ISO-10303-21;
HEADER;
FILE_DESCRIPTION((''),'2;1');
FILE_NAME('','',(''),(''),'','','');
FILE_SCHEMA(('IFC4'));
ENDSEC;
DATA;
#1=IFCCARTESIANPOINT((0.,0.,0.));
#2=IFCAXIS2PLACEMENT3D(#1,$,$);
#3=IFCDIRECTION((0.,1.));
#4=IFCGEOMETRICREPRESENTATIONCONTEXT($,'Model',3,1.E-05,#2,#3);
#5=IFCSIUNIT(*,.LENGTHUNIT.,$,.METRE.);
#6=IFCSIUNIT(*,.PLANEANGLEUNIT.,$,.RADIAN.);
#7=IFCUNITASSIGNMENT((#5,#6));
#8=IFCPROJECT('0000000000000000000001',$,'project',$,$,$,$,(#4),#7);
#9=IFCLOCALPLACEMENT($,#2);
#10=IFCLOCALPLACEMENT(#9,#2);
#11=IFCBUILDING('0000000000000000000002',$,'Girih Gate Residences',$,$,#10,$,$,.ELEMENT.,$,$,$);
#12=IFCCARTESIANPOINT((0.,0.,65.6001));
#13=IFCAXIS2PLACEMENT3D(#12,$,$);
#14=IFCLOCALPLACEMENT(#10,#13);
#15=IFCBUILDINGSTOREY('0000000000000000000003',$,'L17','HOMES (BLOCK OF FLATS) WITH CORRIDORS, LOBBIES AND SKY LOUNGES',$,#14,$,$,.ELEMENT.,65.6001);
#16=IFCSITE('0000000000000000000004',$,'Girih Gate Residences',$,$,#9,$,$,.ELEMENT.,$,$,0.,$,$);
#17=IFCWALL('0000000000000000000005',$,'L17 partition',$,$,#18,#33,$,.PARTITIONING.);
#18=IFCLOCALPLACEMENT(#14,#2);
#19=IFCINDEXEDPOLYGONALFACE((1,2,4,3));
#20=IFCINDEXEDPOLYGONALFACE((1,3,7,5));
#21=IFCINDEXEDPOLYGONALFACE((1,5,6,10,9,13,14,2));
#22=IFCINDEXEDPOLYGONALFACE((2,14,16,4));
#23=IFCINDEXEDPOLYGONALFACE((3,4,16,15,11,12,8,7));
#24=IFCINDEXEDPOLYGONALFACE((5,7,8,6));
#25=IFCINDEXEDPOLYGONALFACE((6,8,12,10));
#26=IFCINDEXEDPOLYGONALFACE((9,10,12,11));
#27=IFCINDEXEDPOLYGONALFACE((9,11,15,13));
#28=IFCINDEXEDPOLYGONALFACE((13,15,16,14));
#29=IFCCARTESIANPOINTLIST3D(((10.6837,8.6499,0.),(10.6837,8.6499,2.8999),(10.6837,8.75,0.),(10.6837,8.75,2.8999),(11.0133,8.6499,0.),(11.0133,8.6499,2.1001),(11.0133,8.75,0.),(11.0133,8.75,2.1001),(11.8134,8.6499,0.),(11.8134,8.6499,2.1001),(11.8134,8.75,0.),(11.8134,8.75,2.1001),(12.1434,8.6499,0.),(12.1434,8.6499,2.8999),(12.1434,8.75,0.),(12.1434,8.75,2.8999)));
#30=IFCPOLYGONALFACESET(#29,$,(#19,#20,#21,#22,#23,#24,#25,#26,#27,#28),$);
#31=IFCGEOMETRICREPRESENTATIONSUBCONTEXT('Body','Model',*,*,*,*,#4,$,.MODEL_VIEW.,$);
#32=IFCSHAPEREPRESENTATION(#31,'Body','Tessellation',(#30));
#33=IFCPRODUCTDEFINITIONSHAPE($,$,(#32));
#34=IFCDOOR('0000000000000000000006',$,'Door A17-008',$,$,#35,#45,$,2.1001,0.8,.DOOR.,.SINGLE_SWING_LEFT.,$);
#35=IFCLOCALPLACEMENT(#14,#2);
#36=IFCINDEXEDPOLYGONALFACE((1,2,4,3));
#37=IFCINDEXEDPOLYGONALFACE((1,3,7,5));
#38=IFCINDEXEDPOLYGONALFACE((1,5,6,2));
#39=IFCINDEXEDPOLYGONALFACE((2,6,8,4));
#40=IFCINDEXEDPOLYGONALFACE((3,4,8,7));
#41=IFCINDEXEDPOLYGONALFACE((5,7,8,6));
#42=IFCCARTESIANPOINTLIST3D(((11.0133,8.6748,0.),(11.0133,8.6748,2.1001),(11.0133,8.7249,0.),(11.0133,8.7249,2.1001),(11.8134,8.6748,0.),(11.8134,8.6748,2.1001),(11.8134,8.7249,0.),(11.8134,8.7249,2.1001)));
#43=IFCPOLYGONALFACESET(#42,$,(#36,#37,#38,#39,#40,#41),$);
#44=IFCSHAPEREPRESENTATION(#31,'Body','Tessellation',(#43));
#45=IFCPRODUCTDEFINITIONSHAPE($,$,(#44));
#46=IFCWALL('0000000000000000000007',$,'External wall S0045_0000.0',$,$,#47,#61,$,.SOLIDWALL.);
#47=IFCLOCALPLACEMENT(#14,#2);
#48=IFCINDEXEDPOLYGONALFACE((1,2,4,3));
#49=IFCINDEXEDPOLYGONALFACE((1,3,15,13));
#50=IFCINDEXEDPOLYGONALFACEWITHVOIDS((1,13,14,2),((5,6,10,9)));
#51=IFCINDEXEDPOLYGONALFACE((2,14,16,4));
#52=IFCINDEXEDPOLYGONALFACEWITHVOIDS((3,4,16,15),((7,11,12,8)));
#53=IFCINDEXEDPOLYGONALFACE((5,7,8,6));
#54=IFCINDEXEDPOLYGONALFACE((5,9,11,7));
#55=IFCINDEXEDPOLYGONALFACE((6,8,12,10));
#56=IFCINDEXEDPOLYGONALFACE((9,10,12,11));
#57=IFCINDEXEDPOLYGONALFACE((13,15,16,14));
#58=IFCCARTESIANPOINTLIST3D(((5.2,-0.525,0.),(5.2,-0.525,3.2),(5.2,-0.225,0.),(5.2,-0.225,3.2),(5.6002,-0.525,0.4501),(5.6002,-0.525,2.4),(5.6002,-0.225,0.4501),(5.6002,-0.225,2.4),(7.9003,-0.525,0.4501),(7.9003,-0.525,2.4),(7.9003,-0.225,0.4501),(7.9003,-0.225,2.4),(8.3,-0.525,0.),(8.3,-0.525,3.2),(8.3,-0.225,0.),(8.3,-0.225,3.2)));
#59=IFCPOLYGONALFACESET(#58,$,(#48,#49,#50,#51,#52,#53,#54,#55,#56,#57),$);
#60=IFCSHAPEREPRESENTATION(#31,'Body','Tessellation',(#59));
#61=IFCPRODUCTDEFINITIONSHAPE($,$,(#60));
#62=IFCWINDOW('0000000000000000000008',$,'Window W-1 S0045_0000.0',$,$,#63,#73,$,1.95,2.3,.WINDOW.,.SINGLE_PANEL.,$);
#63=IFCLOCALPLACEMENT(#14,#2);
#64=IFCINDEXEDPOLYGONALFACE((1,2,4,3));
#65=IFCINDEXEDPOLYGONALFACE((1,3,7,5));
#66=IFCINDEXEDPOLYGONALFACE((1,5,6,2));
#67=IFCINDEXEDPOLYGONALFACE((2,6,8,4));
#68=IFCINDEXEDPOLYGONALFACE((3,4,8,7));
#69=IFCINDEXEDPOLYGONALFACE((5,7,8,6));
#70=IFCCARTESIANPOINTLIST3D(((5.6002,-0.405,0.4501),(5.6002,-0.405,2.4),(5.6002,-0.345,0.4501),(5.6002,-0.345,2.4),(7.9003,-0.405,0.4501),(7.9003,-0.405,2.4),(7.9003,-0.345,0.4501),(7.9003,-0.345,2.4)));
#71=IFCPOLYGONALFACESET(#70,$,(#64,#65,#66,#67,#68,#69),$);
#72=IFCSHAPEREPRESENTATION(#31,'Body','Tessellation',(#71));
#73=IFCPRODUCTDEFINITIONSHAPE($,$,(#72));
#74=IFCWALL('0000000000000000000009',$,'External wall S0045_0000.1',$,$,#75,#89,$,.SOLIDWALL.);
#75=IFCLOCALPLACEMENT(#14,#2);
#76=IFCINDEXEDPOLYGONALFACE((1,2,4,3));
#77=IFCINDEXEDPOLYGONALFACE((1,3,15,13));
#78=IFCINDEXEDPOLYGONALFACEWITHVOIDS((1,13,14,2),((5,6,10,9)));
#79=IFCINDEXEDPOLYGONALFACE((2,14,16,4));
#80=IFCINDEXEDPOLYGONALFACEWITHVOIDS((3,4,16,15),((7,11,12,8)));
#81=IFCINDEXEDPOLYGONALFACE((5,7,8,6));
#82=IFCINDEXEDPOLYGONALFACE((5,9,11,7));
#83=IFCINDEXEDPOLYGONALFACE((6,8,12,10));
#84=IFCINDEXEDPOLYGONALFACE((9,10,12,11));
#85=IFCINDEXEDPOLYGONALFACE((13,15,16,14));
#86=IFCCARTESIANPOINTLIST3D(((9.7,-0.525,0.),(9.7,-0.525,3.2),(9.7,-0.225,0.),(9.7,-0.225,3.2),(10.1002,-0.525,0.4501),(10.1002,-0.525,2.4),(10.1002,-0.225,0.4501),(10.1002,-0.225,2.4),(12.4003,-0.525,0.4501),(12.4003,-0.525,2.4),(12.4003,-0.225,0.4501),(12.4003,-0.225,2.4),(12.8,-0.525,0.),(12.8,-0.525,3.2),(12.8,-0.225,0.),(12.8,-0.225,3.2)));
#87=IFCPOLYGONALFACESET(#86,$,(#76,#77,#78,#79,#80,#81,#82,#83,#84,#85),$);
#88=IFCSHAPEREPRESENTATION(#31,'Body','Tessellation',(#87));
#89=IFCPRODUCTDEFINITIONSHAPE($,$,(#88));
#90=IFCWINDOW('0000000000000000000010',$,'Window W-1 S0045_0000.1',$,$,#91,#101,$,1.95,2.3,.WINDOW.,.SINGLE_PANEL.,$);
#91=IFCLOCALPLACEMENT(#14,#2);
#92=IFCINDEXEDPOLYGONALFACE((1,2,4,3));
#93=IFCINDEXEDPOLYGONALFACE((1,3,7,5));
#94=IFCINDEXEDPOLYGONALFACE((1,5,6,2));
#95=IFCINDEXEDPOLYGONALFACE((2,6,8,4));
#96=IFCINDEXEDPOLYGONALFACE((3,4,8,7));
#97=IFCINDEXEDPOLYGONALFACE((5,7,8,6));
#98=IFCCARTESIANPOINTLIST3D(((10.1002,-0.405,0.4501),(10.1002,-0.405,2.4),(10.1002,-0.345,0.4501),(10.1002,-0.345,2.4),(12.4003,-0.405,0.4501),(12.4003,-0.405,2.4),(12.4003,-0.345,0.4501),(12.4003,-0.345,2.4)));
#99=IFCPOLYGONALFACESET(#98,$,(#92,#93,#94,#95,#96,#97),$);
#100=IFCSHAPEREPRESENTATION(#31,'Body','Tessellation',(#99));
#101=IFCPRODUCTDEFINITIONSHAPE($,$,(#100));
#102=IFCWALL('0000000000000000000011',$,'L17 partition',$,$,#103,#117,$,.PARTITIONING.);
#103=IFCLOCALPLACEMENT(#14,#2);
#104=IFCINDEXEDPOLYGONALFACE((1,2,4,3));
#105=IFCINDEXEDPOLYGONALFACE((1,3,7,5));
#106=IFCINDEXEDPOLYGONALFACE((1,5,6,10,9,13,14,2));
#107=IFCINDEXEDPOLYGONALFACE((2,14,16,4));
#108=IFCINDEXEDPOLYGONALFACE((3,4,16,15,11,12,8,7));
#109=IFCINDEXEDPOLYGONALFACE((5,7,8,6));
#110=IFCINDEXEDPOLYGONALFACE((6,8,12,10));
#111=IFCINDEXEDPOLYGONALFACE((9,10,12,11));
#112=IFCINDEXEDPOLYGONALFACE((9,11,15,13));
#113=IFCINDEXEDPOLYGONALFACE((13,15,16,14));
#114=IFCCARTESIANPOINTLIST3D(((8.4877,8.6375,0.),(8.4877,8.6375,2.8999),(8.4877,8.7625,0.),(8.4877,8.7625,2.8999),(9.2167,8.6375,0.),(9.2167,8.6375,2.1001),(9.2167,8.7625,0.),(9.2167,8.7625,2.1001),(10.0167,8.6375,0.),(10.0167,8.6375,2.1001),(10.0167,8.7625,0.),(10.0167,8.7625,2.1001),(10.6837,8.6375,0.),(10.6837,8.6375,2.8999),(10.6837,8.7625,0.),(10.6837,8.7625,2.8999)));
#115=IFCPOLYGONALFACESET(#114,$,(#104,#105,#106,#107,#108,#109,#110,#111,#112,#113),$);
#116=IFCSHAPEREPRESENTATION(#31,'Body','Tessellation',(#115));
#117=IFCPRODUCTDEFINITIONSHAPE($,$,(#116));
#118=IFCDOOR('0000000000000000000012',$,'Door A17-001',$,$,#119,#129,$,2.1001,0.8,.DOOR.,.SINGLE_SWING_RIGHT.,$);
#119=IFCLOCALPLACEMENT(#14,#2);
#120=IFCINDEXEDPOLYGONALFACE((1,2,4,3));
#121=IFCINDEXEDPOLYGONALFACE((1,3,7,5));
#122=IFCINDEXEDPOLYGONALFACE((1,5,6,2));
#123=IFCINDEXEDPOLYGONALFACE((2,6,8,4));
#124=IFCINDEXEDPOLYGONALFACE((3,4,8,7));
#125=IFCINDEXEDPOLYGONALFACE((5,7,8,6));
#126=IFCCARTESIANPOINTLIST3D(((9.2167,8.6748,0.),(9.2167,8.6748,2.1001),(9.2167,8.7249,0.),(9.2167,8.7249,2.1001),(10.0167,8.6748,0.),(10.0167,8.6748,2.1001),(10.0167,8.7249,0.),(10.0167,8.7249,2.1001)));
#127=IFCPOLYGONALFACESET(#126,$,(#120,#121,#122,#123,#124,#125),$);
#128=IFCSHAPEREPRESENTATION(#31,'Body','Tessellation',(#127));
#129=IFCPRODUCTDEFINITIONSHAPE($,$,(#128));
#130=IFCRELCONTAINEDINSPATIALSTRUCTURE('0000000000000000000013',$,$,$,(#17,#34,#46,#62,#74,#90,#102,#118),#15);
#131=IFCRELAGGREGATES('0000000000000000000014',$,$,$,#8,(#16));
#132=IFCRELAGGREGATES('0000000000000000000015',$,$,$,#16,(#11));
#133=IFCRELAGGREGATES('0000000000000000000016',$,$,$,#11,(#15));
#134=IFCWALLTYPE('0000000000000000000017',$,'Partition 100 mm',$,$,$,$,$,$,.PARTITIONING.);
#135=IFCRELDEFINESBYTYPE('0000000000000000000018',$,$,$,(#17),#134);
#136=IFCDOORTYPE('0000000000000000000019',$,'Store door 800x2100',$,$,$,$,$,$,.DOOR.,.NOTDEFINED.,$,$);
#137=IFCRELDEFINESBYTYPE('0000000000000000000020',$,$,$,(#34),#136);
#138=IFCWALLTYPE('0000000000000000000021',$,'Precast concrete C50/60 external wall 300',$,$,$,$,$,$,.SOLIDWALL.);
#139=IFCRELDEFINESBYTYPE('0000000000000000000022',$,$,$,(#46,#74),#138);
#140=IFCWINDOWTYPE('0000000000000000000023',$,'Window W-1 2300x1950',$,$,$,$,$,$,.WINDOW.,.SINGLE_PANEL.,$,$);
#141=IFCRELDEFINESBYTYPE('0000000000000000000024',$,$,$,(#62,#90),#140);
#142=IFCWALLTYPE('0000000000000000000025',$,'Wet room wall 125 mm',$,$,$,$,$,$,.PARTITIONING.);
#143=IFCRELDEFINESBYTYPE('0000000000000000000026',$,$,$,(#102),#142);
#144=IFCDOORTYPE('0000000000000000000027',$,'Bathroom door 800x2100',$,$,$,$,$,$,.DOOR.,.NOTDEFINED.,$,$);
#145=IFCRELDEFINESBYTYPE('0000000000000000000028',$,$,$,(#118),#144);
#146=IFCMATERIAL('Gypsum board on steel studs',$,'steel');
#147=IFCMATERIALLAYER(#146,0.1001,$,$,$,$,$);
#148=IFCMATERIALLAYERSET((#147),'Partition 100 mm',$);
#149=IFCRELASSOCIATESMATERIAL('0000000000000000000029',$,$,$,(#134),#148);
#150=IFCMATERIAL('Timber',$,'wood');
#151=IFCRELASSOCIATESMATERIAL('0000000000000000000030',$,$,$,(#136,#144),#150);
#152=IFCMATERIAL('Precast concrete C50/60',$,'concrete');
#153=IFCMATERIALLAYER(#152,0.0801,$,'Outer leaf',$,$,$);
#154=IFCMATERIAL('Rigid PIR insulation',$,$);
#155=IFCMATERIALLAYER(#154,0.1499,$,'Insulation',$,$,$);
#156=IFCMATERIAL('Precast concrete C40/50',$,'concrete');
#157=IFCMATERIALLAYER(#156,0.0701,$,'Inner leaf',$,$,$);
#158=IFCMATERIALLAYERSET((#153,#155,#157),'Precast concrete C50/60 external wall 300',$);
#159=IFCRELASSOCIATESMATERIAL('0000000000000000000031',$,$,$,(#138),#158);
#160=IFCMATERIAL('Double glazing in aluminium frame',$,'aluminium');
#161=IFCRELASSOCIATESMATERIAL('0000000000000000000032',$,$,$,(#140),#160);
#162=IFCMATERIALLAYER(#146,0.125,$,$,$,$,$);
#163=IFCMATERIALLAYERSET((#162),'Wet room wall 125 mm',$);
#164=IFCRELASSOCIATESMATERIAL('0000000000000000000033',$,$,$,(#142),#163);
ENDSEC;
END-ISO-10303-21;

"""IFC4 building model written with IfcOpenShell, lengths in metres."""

from ifc_helpers import new_model, si_unit, direction, frame, frame_2d, origin, place, context, subcontext, project, spatial, rectangle, extrude, material, layer, layer_set, type_object, element, fill, save


model = new_model("IFC4")

# Units and contexts
model_context = context("Model", 3, precision=1e-05, world=origin(), true_north=direction((0.0, 1.0)))
body_context = subcontext(model_context, "Body", "Model", "MODEL_VIEW")
ifc_project = project(units=[si_unit("LENGTHUNIT", "METRE"), si_unit("PLANEANGLEUNIT", "RADIAN")], contexts=[model_context])

# Site, building, storey
site_placement = place(None, origin())
site = spatial("IfcSite", under=ifc_project, at=site_placement, Name="Girih Gate Residences", CompositionType="ELEMENT", RefElevation=0.0)
building_placement = place(site_placement, origin())
building = spatial("IfcBuilding", under=site, at=building_placement, Name="Girih Gate Residences", CompositionType="ELEMENT")
storey_placement = place(building_placement, frame((0.0, 0.0, 65.6001)))
storey = spatial("IfcBuildingStorey", under=building, at=storey_placement, Name="L17", Description="HOMES (BLOCK OF FLATS) WITH CORRIDORS, LOBBIES AND SKY LOUNGES", CompositionType="ELEMENT", Elevation=65.6001)

# Shared definitions
ifc_material_1 = material(Name="Gypsum board on steel studs", Category="steel")
ifc_layer_1 = layer(ifc_material_1, 0.1001)
ifc_layer_set_1 = layer_set([ifc_layer_1], Name="Partition 100 mm")
wall_type_1 = type_object("IfcWallType", Name="Partition 100 mm", PredefinedType="PARTITIONING", material=ifc_layer_set_1)

# Shared definitions
ifc_material_2 = material(Name="Timber", Category="wood")

# Wall, opening, door
door_type_1 = type_object("IfcDoorType", Name="Store door 800x2100", OperationType="NOTDEFINED", PredefinedType="DOOR", material=ifc_material_2)
wall_1_placement = place(storey_placement, frame((10.6836, 8.7, 0.0), z_axis=(0.0, 0.0, 1.0), x_axis=(1.0, 0.0, 0.0)))
wall_1 = element("IfcWall", 1, at=wall_1_placement, inside=storey, type_object=wall_type_1, Name="L17 partition", PredefinedType="PARTITIONING", context=body_context, shape_type="SweptSolid", body=[
    extrude(rectangle(XDim=1.4597, YDim=0.1001, at=frame_2d((0.73, 0.0))), origin(), (0.0, 0.0, 1.0), 2.8999),
])
opening_1_placement = place(wall_1_placement, frame((0.3298, 0.0, 0.0)))
opening_1 = element("IfcOpeningElement", 2, at=opening_1_placement, cuts=wall_1, PredefinedType="OPENING", context=body_context, shape_type="SweptSolid", body=[
    extrude(rectangle(XDim=0.8, YDim=2.1001, at=frame_2d((0.3999, 1.05))), frame((0.0, 0.0601, 0.0), z_axis=(0.0, -1.0, 0.0), x_axis=(1.0, 0.0, 0.0)), (0.0, 0.0, 1.0), 0.1201),
])
door_1_placement = place(opening_1_placement, origin())
door_1 = element("IfcDoor", 3, at=door_1_placement, inside=storey, type_object=door_type_1, Name="Door A17-008", OperationType="SINGLE_SWING_LEFT", OverallHeight=2.1001, OverallWidth=0.8, PredefinedType="DOOR", context=body_context, shape_type="SweptSolid", body=[
    extrude(rectangle(XDim=0.8, YDim=2.1001, at=frame_2d((0.3999, 1.05))), frame((0.0, 0.0249, 0.0), z_axis=(0.0, -1.0, 0.0), x_axis=(1.0, 0.0, 0.0)), (0.0, 0.0, 1.0), 0.05),
])
fill(opening_1, door_1)

# Walls, openings, windows
ifc_material_3 = material(Name="Precast concrete C50/60", Category="concrete")
ifc_layer_2 = layer(ifc_material_3, 0.0801, Name="Outer leaf")
ifc_material_4 = material(Name="Rigid PIR insulation")
ifc_layer_3 = layer(ifc_material_4, 0.1499, Name="Insulation")
ifc_material_5 = material(Name="Precast concrete C40/50", Category="concrete")
ifc_layer_4 = layer(ifc_material_5, 0.0701, Name="Inner leaf")
ifc_layer_set_2 = layer_set([ifc_layer_2, ifc_layer_3, ifc_layer_4], Name="Precast concrete C50/60 external wall 300")
wall_type_2 = type_object("IfcWallType", Name="Precast concrete C50/60 external wall 300", PredefinedType="SOLIDWALL", material=ifc_layer_set_2)
wall_2_placement = place(storey_placement, frame((8.3, -0.375, 0.0), z_axis=(0.0, 0.0, 1.0), x_axis=(-1.0, 0.0, 0.0)))
wall_2 = element("IfcWall", 4, at=wall_2_placement, inside=storey, type_object=wall_type_2, Name="External wall S0045_0000.0", PredefinedType="SOLIDWALL", context=body_context, shape_type="SweptSolid", body=[
    extrude(rectangle(XDim=3.1001, YDim=0.3, at=frame_2d((1.55, 0.0))), origin(), (0.0, 0.0, 1.0), 3.2),
])
opening_2_placement = place(wall_2_placement, frame((0.3999, 0.0, 0.45)))
opening_2 = element("IfcOpeningElement", 5, at=opening_2_placement, cuts=wall_2, PredefinedType="OPENING", context=body_context, shape_type="SweptSolid", body=[
    extrude(rectangle(XDim=2.3, YDim=1.95, at=frame_2d((1.1499, 0.9751))), frame((0.0, 0.1599, 0.0), z_axis=(0.0, -1.0, 0.0), x_axis=(1.0, 0.0, 0.0)), (0.0, 0.0, 1.0), 0.3201),
])
ifc_material_6 = material(Name="Double glazing in aluminium frame", Category="aluminium")
window_type = type_object("IfcWindowType", Name="Window W-1 2300x1950", PartitioningType="SINGLE_PANEL", PredefinedType="WINDOW", material=ifc_material_6)
window_1_placement = place(opening_2_placement, origin())
window_1 = element("IfcWindow", 6, at=window_1_placement, inside=storey, type_object=window_type, Name="Window W-1 S0045_0000.0", OverallHeight=1.95, OverallWidth=2.3, PartitioningType="SINGLE_PANEL", PredefinedType="WINDOW", context=body_context, shape_type="SweptSolid", body=[
    extrude(rectangle(XDim=2.3, YDim=1.95, at=frame_2d((1.1499, 0.9751))), frame((0.0, 0.03, 0.0), z_axis=(0.0, -1.0, 0.0), x_axis=(1.0, 0.0, 0.0)), (0.0, 0.0, 1.0), 0.0601),
])
fill(opening_2, window_1)
wall_3_placement = place(storey_placement, frame((12.8, -0.375, 0.0), z_axis=(0.0, 0.0, 1.0), x_axis=(-1.0, 0.0, 0.0)))
wall_3 = element("IfcWall", 7, at=wall_3_placement, inside=storey, type_object=wall_type_2, Name="External wall S0045_0000.1", PredefinedType="SOLIDWALL", context=body_context, shape_type="SweptSolid", body=[
    extrude(rectangle(XDim=3.1001, YDim=0.3, at=frame_2d((1.55, 0.0))), origin(), (0.0, 0.0, 1.0), 3.2),
])
opening_3_placement = place(wall_3_placement, frame((0.3999, 0.0, 0.45)))
opening_3 = element("IfcOpeningElement", 8, at=opening_3_placement, cuts=wall_3, PredefinedType="OPENING", context=body_context, shape_type="SweptSolid", body=[
    extrude(rectangle(XDim=2.3, YDim=1.95, at=frame_2d((1.1499, 0.9751))), frame((0.0, 0.1599, 0.0), z_axis=(0.0, -1.0, 0.0), x_axis=(1.0, 0.0, 0.0)), (0.0, 0.0, 1.0), 0.3201),
])
window_2_placement = place(opening_3_placement, origin())
window_2 = element("IfcWindow", 9, at=window_2_placement, inside=storey, type_object=window_type, Name="Window W-1 S0045_0000.1", OverallHeight=1.95, OverallWidth=2.3, PartitioningType="SINGLE_PANEL", PredefinedType="WINDOW", context=body_context, shape_type="SweptSolid", body=[
    extrude(rectangle(XDim=2.3, YDim=1.95, at=frame_2d((1.1499, 0.9751))), frame((0.0, 0.03, 0.0), z_axis=(0.0, -1.0, 0.0), x_axis=(1.0, 0.0, 0.0)), (0.0, 0.0, 1.0), 0.0601),
])
fill(opening_3, window_2)

# Wall, opening, door
ifc_layer_5 = layer(ifc_material_1, 0.125)
ifc_layer_set_3 = layer_set([ifc_layer_5], Name="Wet room wall 125 mm")
wall_type_3 = type_object("IfcWallType", Name="Wet room wall 125 mm", PredefinedType="PARTITIONING", material=ifc_layer_set_3)
wall_4_placement = place(storey_placement, frame((8.4875, 8.7, 0.0), z_axis=(0.0, 0.0, 1.0), x_axis=(1.0, 0.0, 0.0)))
wall_4 = element("IfcWall", 10, at=wall_4_placement, inside=storey, type_object=wall_type_3, Name="L17 partition", PredefinedType="PARTITIONING", context=body_context, shape_type="SweptSolid", body=[
    extrude(rectangle(XDim=2.196, YDim=0.125, at=frame_2d((1.0981, 0.0))), origin(), (0.0, 0.0, 1.0), 2.8999),
])
opening_4_placement = place(wall_4_placement, frame((0.7292, 0.0, 0.0)))
opening_4 = element("IfcOpeningElement", 11, at=opening_4_placement, cuts=wall_4, PredefinedType="OPENING", context=body_context, shape_type="SweptSolid", body=[
    extrude(rectangle(XDim=0.8, YDim=2.1001, at=frame_2d((0.3999, 1.05))), frame((0.0, 0.0725, 0.0), z_axis=(0.0, -1.0, 0.0), x_axis=(1.0, 0.0, 0.0)), (0.0, 0.0, 1.0), 0.145),
])
door_type_2 = type_object("IfcDoorType", Name="Bathroom door 800x2100", OperationType="NOTDEFINED", PredefinedType="DOOR", material=ifc_material_2)
door_2_placement = place(opening_4_placement, origin())
door_2 = element("IfcDoor", 12, at=door_2_placement, inside=storey, type_object=door_type_2, Name="Door A17-001", OperationType="SINGLE_SWING_RIGHT", OverallHeight=2.1001, OverallWidth=0.8, PredefinedType="DOOR", context=body_context, shape_type="SweptSolid", body=[
    extrude(rectangle(XDim=0.8, YDim=2.1001, at=frame_2d((0.3999, 1.05))), frame((0.0, 0.0249, 0.0), z_axis=(0.0, -1.0, 0.0), x_axis=(1.0, 0.0, 0.0)), (0.0, 0.0, 1.0), 0.05),
])
fill(opening_4, door_2)

save(model, "model.ifc")
